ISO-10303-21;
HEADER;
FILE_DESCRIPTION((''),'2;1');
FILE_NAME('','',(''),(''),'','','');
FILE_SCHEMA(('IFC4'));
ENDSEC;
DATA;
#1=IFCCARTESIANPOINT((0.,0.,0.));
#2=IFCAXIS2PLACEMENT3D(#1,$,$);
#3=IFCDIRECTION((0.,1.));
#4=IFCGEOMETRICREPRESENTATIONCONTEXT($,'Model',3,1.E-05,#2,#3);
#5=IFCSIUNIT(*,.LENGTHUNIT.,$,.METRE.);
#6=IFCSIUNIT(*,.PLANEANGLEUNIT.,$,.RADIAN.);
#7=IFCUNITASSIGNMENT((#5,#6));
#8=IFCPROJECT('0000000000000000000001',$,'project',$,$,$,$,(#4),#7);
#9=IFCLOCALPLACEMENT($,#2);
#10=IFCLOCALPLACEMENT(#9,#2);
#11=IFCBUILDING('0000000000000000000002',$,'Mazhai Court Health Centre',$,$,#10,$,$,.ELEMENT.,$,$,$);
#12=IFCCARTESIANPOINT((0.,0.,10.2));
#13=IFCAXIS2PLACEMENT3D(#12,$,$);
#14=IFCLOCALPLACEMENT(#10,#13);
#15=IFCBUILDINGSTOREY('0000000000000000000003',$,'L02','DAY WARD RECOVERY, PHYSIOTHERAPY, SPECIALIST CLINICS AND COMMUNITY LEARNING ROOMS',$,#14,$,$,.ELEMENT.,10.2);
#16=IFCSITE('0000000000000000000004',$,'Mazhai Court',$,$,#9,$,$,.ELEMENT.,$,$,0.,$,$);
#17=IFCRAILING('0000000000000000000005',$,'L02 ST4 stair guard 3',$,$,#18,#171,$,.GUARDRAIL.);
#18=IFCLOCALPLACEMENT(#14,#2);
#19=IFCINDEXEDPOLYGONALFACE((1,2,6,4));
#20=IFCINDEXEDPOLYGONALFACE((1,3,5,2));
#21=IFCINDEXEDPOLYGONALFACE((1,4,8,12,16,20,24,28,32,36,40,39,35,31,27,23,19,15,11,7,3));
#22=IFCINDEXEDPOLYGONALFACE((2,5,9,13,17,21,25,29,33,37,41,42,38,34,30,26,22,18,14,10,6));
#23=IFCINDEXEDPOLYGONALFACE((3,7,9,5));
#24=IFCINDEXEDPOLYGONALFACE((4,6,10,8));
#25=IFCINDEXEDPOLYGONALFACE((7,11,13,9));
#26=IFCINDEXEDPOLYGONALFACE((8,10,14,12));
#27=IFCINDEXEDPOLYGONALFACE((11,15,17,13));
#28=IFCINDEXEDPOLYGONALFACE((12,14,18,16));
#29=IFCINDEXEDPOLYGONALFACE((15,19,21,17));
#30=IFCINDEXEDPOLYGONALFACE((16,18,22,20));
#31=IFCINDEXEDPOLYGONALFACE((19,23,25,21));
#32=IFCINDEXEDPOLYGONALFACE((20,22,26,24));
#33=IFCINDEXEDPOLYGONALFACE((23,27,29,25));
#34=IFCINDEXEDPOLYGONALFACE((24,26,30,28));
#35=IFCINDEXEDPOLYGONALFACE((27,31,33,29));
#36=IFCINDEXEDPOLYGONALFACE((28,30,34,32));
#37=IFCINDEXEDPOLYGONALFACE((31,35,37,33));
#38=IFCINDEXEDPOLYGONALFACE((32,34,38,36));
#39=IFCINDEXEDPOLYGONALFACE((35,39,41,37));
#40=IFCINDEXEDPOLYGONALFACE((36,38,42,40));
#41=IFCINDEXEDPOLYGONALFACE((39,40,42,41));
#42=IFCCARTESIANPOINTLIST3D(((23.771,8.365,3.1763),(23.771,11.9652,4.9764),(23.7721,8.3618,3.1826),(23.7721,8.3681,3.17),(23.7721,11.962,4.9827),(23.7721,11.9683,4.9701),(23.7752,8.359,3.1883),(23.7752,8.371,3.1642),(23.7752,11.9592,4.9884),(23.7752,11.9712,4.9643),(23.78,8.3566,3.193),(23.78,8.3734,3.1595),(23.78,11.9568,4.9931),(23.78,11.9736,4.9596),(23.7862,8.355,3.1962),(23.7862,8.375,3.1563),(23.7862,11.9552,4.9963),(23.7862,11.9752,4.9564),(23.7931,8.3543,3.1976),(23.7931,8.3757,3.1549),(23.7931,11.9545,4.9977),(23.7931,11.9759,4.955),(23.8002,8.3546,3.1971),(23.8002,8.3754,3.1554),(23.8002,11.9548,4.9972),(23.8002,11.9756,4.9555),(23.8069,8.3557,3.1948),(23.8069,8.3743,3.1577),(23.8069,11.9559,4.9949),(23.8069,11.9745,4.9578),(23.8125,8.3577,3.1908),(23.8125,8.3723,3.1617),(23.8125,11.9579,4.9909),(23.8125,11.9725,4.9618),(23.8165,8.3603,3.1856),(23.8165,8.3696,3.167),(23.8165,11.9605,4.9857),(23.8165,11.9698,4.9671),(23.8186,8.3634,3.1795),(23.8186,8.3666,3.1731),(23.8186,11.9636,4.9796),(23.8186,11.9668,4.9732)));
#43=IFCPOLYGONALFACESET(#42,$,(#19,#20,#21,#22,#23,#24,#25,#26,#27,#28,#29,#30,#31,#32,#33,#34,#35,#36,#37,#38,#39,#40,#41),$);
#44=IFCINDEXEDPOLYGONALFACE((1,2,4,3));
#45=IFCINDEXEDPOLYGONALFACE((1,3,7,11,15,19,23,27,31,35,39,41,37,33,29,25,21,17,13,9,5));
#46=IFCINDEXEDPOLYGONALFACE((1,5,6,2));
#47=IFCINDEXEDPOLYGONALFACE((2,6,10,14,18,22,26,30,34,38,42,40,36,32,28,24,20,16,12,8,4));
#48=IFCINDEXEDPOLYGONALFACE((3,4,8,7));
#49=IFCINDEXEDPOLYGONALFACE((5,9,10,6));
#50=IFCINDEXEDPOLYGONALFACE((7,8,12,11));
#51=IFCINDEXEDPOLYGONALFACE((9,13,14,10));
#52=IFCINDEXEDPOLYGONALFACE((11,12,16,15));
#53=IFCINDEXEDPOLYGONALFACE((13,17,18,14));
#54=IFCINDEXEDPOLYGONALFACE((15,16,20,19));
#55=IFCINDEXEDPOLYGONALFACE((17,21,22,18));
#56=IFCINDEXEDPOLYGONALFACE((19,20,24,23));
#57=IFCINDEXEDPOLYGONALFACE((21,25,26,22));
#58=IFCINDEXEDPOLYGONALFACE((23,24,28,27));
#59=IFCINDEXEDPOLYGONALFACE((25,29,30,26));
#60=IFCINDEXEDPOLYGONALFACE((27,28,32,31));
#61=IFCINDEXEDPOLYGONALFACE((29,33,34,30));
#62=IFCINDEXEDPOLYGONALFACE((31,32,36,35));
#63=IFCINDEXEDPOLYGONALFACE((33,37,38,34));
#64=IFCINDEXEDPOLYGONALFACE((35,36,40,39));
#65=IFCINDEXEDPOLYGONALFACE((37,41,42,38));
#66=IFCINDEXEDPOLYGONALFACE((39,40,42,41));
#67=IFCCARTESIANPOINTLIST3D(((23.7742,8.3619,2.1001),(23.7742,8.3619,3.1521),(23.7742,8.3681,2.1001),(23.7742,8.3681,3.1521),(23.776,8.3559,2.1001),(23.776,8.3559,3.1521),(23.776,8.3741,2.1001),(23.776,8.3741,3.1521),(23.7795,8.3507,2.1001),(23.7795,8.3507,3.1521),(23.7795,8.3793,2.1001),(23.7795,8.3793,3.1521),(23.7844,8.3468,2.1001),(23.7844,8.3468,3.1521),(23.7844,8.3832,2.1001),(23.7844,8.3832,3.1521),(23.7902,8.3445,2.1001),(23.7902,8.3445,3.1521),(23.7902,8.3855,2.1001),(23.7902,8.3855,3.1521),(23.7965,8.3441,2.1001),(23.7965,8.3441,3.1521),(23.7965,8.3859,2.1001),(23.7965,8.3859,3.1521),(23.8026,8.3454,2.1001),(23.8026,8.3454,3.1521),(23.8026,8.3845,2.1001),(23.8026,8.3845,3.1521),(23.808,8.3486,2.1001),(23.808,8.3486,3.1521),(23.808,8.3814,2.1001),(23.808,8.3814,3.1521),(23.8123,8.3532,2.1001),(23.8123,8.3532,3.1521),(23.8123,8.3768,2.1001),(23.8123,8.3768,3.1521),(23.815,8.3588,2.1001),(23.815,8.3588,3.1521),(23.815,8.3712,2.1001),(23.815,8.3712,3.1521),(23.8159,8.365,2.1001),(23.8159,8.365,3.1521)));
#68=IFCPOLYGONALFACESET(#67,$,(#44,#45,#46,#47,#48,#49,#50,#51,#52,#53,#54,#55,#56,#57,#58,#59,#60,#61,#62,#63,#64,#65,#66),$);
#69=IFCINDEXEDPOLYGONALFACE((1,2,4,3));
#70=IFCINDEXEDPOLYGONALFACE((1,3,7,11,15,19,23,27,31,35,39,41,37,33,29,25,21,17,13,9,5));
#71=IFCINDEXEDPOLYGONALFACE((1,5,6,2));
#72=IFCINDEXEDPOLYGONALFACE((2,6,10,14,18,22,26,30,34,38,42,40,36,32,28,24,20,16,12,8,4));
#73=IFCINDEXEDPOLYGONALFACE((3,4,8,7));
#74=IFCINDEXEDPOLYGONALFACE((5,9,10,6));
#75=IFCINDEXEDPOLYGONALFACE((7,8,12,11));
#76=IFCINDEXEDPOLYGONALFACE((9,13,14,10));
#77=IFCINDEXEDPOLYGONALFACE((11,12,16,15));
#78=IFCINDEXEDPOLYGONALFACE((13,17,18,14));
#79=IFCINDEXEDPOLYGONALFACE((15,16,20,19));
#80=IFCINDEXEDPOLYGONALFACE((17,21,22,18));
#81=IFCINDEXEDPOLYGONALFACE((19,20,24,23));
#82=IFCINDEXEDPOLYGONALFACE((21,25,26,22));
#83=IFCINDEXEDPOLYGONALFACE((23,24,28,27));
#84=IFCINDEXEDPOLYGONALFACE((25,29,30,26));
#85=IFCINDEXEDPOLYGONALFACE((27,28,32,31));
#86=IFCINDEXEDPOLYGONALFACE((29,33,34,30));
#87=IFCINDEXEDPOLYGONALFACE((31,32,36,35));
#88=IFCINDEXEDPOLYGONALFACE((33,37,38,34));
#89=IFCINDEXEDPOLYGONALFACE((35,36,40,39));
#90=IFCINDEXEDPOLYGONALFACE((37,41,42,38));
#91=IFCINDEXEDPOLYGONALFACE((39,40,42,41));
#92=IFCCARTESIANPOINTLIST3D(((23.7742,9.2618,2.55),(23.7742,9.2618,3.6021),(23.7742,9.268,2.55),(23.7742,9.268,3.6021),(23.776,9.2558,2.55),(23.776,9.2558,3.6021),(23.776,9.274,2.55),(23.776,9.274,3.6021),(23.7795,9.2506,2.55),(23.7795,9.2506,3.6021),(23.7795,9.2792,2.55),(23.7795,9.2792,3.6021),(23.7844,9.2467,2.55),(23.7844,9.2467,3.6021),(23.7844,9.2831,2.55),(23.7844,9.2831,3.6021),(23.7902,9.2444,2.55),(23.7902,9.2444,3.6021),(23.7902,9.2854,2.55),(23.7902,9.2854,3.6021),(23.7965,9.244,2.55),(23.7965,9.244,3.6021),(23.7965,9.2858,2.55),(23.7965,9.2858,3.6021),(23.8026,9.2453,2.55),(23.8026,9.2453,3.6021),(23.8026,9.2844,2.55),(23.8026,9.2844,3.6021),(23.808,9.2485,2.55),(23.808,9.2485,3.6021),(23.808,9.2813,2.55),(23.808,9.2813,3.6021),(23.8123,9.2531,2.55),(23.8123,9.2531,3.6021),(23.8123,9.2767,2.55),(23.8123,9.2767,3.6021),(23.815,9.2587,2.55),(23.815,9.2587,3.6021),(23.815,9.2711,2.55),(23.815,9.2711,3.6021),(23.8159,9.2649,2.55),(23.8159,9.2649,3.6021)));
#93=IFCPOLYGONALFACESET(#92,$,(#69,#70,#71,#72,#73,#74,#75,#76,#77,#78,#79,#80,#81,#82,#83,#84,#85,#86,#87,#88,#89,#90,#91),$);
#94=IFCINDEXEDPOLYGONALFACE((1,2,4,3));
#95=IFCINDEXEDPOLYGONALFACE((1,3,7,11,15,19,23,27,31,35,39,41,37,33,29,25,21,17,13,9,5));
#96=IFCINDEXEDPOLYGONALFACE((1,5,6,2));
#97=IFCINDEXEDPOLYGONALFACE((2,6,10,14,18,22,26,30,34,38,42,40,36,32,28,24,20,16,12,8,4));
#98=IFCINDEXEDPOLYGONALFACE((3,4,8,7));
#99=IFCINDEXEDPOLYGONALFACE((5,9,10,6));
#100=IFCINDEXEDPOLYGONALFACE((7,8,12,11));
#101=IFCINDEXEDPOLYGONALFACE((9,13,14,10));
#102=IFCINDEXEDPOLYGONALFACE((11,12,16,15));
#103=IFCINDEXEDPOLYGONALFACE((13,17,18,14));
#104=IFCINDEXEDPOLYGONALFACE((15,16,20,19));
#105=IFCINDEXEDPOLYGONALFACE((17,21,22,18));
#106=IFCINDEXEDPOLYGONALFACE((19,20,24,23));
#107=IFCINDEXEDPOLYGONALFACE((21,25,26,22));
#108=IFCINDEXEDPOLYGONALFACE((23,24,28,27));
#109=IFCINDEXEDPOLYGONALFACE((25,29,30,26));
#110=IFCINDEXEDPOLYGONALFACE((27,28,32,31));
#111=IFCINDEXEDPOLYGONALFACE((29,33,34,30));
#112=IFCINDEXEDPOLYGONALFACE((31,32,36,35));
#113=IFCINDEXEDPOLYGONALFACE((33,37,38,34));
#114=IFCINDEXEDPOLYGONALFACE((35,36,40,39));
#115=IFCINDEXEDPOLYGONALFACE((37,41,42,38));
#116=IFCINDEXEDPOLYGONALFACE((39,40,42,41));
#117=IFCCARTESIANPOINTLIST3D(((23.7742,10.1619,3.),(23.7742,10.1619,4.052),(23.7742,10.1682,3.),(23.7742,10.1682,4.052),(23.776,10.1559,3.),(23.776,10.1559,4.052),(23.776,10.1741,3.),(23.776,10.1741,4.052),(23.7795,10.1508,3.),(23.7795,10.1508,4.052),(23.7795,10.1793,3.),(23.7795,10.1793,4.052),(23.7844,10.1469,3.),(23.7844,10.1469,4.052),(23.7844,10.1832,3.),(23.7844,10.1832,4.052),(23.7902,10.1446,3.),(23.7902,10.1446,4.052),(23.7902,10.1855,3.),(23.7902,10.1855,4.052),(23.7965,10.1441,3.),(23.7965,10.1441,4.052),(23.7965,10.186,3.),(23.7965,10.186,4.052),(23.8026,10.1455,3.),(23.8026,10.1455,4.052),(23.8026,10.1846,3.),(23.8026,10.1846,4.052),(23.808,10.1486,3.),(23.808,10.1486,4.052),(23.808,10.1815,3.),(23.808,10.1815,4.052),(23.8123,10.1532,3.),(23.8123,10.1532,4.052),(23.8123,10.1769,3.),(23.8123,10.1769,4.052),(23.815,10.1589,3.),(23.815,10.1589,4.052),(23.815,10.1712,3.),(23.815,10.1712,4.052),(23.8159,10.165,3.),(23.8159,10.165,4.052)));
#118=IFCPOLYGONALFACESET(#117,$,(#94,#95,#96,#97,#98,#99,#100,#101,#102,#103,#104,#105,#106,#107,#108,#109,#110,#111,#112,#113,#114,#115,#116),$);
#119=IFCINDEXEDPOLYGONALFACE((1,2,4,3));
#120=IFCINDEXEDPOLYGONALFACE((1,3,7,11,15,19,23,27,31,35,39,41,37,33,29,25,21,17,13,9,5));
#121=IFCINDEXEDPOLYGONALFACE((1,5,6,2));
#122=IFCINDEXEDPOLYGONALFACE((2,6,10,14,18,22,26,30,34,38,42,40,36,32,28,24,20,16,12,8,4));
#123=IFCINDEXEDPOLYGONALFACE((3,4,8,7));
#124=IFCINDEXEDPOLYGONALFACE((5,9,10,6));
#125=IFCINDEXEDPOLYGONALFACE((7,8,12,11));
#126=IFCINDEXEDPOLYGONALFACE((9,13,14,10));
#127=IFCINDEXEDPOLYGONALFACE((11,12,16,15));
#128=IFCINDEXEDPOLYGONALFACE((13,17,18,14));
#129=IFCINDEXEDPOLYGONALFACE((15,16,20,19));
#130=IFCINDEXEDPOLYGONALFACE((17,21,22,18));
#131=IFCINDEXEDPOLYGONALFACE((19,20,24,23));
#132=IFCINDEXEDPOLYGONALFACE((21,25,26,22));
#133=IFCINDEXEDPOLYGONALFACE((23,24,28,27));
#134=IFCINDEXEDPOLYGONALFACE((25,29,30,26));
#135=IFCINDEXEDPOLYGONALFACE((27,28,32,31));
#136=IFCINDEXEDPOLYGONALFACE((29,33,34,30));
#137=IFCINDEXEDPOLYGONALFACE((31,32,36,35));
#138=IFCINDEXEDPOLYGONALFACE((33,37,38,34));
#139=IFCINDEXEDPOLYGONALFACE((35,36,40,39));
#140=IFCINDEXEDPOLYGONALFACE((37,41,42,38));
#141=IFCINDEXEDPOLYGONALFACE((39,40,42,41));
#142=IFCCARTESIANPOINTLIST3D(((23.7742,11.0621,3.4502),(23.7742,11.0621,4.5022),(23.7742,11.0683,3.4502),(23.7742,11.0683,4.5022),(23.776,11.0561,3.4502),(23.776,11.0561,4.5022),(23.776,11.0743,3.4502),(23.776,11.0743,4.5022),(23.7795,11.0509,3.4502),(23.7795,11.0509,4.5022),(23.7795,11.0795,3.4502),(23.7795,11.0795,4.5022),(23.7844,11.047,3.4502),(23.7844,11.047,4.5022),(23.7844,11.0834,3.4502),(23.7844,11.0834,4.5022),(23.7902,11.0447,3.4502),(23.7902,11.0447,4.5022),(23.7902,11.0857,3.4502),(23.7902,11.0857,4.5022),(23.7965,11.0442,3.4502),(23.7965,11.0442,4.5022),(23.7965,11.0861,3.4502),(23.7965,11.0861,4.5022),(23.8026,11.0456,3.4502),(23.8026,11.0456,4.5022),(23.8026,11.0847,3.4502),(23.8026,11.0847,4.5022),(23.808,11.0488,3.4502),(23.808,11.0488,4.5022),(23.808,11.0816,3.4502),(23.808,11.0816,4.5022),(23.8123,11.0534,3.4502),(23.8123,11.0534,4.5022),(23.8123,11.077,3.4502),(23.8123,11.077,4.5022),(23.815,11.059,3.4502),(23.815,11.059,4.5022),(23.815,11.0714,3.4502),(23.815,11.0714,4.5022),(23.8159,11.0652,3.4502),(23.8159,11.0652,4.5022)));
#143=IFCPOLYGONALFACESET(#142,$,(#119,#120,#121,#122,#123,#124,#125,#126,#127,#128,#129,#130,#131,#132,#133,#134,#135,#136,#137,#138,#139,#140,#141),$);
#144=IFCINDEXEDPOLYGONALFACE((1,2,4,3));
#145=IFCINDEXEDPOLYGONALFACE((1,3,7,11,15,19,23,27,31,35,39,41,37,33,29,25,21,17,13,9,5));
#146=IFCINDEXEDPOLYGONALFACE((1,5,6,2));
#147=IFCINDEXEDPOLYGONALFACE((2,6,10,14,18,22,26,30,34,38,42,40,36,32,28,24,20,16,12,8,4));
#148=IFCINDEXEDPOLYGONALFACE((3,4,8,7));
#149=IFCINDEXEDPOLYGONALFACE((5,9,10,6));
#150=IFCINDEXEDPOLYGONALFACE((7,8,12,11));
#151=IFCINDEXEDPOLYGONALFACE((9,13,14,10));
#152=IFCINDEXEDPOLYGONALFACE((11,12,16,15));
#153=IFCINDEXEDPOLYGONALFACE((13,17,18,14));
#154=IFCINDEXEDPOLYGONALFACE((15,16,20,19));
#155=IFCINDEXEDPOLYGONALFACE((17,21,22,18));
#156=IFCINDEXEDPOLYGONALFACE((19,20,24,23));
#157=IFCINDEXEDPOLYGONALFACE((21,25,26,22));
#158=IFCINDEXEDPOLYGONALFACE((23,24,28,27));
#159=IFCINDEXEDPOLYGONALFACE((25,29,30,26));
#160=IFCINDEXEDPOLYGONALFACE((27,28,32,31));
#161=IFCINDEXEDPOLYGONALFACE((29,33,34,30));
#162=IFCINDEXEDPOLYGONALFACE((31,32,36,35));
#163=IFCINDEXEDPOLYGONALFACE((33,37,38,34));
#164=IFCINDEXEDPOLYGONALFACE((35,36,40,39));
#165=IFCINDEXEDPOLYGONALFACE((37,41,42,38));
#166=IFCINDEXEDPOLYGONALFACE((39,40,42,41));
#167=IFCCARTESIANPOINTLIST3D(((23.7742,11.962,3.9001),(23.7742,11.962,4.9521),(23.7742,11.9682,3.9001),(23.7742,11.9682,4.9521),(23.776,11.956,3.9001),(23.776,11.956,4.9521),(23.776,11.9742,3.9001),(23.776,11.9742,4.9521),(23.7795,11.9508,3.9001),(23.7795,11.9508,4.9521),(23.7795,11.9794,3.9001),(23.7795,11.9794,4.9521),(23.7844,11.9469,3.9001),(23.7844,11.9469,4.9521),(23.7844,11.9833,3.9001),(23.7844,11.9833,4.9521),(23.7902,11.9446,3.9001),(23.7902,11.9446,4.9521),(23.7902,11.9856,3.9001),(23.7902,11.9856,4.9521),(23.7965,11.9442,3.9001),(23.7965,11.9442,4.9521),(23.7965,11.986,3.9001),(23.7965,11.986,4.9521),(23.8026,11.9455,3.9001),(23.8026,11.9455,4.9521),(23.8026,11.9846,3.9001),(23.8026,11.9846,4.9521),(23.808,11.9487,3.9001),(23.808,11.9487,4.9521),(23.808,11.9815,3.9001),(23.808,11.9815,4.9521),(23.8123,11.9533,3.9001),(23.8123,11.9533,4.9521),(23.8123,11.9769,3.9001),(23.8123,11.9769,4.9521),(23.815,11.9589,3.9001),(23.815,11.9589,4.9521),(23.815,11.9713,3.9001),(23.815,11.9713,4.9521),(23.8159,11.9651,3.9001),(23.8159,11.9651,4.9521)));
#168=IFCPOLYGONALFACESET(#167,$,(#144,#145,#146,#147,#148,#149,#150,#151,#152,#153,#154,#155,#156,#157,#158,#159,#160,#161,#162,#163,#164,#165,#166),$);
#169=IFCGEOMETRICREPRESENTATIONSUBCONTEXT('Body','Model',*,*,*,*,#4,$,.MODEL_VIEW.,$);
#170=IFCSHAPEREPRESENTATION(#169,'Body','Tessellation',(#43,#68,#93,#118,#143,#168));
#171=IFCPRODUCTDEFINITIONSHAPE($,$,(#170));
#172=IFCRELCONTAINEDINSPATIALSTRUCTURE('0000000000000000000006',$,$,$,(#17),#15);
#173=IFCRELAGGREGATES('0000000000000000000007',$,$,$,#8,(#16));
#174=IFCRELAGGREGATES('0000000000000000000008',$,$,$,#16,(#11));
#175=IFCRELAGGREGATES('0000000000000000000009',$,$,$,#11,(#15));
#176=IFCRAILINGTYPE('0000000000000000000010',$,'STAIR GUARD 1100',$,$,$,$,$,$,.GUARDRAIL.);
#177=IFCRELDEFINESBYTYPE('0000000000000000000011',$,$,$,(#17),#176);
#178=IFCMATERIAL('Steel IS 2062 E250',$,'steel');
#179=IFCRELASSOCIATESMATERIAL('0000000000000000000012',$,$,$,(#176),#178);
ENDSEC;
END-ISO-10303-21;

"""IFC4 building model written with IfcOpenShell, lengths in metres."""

from ifc_helpers import new_model, si_unit, direction, frame, origin, origin_2d, place, context, subcontext, project, spatial, circle, extrude, material, type_object, element, save


model = new_model("IFC4")

# Units and contexts
model_context = context("Model", 3, precision=1e-05, world=origin(), true_north=direction((0.0, 1.0)))
body_context = subcontext(model_context, "Body", "Model", "MODEL_VIEW")
ifc_project = project(units=[si_unit("LENGTHUNIT", "METRE"), si_unit("PLANEANGLEUNIT", "RADIAN")], contexts=[model_context])

# Site, building, storey
site_placement = place(None, origin())
site = spatial("IfcSite", under=ifc_project, at=site_placement, Name="Mazhai Court", CompositionType="ELEMENT", RefElevation=0.0)
building_placement = place(site_placement, origin())
building = spatial("IfcBuilding", under=site, at=building_placement, Name="Mazhai Court Health Centre", CompositionType="ELEMENT")
storey_placement = place(building_placement, frame((0.0, 0.0, 10.2)))
storey = spatial("IfcBuildingStorey", under=building, at=storey_placement, Name="L02", Description="DAY WARD RECOVERY, PHYSIOTHERAPY, SPECIALIST CLINICS AND COMMUNITY LEARNING ROOMS", CompositionType="ELEMENT", Elevation=10.2)

# Railing
ifc_material_1 = material(Name="Steel IS 2062 E250", Category="steel")
railing_type_1 = type_object("IfcRailingType", Name="STAIR GUARD 1100", PredefinedType="GUARDRAIL", material=ifc_material_1)
railing_1_placement = place(storey_placement, frame((23.7949, 8.365, 2.1001)))
element("IfcRailing", 1, at=railing_1_placement, inside=storey, type_object=railing_type_1, Name="L02 ST4 stair guard 3", PredefinedType="GUARDRAIL", context=body_context, shape_type="SweptSolid", body=[
    extrude(circle(Radius=0.0239, at=origin_2d()), frame((0.0, 0.0, 1.0762), z_axis=(0.0, 0.894427, 0.447214), x_axis=(-1.0, 0.0, 0.0)), (0.0, 0.0, 1.0), 4.0251),
    extrude(circle(Radius=0.021, at=origin_2d()), origin(), (0.0, 0.0, 1.0), 1.052),
    extrude(circle(Radius=0.021, at=origin_2d()), frame((0.0, 0.8999, 0.45)), (0.0, 0.0, 1.0), 1.052),
    extrude(circle(Radius=0.021, at=origin_2d()), frame((0.0, 1.8, 0.8999)), (0.0, 0.0, 1.0), 1.052),
    extrude(circle(Radius=0.021, at=origin_2d()), frame((0.0, 2.7002, 1.3501)), (0.0, 0.0, 1.0), 1.052),
    extrude(circle(Radius=0.021, at=origin_2d()), frame((0.0, 3.6001, 1.8)), (0.0, 0.0, 1.0), 1.052),
])

save(model, "model.ifc")
